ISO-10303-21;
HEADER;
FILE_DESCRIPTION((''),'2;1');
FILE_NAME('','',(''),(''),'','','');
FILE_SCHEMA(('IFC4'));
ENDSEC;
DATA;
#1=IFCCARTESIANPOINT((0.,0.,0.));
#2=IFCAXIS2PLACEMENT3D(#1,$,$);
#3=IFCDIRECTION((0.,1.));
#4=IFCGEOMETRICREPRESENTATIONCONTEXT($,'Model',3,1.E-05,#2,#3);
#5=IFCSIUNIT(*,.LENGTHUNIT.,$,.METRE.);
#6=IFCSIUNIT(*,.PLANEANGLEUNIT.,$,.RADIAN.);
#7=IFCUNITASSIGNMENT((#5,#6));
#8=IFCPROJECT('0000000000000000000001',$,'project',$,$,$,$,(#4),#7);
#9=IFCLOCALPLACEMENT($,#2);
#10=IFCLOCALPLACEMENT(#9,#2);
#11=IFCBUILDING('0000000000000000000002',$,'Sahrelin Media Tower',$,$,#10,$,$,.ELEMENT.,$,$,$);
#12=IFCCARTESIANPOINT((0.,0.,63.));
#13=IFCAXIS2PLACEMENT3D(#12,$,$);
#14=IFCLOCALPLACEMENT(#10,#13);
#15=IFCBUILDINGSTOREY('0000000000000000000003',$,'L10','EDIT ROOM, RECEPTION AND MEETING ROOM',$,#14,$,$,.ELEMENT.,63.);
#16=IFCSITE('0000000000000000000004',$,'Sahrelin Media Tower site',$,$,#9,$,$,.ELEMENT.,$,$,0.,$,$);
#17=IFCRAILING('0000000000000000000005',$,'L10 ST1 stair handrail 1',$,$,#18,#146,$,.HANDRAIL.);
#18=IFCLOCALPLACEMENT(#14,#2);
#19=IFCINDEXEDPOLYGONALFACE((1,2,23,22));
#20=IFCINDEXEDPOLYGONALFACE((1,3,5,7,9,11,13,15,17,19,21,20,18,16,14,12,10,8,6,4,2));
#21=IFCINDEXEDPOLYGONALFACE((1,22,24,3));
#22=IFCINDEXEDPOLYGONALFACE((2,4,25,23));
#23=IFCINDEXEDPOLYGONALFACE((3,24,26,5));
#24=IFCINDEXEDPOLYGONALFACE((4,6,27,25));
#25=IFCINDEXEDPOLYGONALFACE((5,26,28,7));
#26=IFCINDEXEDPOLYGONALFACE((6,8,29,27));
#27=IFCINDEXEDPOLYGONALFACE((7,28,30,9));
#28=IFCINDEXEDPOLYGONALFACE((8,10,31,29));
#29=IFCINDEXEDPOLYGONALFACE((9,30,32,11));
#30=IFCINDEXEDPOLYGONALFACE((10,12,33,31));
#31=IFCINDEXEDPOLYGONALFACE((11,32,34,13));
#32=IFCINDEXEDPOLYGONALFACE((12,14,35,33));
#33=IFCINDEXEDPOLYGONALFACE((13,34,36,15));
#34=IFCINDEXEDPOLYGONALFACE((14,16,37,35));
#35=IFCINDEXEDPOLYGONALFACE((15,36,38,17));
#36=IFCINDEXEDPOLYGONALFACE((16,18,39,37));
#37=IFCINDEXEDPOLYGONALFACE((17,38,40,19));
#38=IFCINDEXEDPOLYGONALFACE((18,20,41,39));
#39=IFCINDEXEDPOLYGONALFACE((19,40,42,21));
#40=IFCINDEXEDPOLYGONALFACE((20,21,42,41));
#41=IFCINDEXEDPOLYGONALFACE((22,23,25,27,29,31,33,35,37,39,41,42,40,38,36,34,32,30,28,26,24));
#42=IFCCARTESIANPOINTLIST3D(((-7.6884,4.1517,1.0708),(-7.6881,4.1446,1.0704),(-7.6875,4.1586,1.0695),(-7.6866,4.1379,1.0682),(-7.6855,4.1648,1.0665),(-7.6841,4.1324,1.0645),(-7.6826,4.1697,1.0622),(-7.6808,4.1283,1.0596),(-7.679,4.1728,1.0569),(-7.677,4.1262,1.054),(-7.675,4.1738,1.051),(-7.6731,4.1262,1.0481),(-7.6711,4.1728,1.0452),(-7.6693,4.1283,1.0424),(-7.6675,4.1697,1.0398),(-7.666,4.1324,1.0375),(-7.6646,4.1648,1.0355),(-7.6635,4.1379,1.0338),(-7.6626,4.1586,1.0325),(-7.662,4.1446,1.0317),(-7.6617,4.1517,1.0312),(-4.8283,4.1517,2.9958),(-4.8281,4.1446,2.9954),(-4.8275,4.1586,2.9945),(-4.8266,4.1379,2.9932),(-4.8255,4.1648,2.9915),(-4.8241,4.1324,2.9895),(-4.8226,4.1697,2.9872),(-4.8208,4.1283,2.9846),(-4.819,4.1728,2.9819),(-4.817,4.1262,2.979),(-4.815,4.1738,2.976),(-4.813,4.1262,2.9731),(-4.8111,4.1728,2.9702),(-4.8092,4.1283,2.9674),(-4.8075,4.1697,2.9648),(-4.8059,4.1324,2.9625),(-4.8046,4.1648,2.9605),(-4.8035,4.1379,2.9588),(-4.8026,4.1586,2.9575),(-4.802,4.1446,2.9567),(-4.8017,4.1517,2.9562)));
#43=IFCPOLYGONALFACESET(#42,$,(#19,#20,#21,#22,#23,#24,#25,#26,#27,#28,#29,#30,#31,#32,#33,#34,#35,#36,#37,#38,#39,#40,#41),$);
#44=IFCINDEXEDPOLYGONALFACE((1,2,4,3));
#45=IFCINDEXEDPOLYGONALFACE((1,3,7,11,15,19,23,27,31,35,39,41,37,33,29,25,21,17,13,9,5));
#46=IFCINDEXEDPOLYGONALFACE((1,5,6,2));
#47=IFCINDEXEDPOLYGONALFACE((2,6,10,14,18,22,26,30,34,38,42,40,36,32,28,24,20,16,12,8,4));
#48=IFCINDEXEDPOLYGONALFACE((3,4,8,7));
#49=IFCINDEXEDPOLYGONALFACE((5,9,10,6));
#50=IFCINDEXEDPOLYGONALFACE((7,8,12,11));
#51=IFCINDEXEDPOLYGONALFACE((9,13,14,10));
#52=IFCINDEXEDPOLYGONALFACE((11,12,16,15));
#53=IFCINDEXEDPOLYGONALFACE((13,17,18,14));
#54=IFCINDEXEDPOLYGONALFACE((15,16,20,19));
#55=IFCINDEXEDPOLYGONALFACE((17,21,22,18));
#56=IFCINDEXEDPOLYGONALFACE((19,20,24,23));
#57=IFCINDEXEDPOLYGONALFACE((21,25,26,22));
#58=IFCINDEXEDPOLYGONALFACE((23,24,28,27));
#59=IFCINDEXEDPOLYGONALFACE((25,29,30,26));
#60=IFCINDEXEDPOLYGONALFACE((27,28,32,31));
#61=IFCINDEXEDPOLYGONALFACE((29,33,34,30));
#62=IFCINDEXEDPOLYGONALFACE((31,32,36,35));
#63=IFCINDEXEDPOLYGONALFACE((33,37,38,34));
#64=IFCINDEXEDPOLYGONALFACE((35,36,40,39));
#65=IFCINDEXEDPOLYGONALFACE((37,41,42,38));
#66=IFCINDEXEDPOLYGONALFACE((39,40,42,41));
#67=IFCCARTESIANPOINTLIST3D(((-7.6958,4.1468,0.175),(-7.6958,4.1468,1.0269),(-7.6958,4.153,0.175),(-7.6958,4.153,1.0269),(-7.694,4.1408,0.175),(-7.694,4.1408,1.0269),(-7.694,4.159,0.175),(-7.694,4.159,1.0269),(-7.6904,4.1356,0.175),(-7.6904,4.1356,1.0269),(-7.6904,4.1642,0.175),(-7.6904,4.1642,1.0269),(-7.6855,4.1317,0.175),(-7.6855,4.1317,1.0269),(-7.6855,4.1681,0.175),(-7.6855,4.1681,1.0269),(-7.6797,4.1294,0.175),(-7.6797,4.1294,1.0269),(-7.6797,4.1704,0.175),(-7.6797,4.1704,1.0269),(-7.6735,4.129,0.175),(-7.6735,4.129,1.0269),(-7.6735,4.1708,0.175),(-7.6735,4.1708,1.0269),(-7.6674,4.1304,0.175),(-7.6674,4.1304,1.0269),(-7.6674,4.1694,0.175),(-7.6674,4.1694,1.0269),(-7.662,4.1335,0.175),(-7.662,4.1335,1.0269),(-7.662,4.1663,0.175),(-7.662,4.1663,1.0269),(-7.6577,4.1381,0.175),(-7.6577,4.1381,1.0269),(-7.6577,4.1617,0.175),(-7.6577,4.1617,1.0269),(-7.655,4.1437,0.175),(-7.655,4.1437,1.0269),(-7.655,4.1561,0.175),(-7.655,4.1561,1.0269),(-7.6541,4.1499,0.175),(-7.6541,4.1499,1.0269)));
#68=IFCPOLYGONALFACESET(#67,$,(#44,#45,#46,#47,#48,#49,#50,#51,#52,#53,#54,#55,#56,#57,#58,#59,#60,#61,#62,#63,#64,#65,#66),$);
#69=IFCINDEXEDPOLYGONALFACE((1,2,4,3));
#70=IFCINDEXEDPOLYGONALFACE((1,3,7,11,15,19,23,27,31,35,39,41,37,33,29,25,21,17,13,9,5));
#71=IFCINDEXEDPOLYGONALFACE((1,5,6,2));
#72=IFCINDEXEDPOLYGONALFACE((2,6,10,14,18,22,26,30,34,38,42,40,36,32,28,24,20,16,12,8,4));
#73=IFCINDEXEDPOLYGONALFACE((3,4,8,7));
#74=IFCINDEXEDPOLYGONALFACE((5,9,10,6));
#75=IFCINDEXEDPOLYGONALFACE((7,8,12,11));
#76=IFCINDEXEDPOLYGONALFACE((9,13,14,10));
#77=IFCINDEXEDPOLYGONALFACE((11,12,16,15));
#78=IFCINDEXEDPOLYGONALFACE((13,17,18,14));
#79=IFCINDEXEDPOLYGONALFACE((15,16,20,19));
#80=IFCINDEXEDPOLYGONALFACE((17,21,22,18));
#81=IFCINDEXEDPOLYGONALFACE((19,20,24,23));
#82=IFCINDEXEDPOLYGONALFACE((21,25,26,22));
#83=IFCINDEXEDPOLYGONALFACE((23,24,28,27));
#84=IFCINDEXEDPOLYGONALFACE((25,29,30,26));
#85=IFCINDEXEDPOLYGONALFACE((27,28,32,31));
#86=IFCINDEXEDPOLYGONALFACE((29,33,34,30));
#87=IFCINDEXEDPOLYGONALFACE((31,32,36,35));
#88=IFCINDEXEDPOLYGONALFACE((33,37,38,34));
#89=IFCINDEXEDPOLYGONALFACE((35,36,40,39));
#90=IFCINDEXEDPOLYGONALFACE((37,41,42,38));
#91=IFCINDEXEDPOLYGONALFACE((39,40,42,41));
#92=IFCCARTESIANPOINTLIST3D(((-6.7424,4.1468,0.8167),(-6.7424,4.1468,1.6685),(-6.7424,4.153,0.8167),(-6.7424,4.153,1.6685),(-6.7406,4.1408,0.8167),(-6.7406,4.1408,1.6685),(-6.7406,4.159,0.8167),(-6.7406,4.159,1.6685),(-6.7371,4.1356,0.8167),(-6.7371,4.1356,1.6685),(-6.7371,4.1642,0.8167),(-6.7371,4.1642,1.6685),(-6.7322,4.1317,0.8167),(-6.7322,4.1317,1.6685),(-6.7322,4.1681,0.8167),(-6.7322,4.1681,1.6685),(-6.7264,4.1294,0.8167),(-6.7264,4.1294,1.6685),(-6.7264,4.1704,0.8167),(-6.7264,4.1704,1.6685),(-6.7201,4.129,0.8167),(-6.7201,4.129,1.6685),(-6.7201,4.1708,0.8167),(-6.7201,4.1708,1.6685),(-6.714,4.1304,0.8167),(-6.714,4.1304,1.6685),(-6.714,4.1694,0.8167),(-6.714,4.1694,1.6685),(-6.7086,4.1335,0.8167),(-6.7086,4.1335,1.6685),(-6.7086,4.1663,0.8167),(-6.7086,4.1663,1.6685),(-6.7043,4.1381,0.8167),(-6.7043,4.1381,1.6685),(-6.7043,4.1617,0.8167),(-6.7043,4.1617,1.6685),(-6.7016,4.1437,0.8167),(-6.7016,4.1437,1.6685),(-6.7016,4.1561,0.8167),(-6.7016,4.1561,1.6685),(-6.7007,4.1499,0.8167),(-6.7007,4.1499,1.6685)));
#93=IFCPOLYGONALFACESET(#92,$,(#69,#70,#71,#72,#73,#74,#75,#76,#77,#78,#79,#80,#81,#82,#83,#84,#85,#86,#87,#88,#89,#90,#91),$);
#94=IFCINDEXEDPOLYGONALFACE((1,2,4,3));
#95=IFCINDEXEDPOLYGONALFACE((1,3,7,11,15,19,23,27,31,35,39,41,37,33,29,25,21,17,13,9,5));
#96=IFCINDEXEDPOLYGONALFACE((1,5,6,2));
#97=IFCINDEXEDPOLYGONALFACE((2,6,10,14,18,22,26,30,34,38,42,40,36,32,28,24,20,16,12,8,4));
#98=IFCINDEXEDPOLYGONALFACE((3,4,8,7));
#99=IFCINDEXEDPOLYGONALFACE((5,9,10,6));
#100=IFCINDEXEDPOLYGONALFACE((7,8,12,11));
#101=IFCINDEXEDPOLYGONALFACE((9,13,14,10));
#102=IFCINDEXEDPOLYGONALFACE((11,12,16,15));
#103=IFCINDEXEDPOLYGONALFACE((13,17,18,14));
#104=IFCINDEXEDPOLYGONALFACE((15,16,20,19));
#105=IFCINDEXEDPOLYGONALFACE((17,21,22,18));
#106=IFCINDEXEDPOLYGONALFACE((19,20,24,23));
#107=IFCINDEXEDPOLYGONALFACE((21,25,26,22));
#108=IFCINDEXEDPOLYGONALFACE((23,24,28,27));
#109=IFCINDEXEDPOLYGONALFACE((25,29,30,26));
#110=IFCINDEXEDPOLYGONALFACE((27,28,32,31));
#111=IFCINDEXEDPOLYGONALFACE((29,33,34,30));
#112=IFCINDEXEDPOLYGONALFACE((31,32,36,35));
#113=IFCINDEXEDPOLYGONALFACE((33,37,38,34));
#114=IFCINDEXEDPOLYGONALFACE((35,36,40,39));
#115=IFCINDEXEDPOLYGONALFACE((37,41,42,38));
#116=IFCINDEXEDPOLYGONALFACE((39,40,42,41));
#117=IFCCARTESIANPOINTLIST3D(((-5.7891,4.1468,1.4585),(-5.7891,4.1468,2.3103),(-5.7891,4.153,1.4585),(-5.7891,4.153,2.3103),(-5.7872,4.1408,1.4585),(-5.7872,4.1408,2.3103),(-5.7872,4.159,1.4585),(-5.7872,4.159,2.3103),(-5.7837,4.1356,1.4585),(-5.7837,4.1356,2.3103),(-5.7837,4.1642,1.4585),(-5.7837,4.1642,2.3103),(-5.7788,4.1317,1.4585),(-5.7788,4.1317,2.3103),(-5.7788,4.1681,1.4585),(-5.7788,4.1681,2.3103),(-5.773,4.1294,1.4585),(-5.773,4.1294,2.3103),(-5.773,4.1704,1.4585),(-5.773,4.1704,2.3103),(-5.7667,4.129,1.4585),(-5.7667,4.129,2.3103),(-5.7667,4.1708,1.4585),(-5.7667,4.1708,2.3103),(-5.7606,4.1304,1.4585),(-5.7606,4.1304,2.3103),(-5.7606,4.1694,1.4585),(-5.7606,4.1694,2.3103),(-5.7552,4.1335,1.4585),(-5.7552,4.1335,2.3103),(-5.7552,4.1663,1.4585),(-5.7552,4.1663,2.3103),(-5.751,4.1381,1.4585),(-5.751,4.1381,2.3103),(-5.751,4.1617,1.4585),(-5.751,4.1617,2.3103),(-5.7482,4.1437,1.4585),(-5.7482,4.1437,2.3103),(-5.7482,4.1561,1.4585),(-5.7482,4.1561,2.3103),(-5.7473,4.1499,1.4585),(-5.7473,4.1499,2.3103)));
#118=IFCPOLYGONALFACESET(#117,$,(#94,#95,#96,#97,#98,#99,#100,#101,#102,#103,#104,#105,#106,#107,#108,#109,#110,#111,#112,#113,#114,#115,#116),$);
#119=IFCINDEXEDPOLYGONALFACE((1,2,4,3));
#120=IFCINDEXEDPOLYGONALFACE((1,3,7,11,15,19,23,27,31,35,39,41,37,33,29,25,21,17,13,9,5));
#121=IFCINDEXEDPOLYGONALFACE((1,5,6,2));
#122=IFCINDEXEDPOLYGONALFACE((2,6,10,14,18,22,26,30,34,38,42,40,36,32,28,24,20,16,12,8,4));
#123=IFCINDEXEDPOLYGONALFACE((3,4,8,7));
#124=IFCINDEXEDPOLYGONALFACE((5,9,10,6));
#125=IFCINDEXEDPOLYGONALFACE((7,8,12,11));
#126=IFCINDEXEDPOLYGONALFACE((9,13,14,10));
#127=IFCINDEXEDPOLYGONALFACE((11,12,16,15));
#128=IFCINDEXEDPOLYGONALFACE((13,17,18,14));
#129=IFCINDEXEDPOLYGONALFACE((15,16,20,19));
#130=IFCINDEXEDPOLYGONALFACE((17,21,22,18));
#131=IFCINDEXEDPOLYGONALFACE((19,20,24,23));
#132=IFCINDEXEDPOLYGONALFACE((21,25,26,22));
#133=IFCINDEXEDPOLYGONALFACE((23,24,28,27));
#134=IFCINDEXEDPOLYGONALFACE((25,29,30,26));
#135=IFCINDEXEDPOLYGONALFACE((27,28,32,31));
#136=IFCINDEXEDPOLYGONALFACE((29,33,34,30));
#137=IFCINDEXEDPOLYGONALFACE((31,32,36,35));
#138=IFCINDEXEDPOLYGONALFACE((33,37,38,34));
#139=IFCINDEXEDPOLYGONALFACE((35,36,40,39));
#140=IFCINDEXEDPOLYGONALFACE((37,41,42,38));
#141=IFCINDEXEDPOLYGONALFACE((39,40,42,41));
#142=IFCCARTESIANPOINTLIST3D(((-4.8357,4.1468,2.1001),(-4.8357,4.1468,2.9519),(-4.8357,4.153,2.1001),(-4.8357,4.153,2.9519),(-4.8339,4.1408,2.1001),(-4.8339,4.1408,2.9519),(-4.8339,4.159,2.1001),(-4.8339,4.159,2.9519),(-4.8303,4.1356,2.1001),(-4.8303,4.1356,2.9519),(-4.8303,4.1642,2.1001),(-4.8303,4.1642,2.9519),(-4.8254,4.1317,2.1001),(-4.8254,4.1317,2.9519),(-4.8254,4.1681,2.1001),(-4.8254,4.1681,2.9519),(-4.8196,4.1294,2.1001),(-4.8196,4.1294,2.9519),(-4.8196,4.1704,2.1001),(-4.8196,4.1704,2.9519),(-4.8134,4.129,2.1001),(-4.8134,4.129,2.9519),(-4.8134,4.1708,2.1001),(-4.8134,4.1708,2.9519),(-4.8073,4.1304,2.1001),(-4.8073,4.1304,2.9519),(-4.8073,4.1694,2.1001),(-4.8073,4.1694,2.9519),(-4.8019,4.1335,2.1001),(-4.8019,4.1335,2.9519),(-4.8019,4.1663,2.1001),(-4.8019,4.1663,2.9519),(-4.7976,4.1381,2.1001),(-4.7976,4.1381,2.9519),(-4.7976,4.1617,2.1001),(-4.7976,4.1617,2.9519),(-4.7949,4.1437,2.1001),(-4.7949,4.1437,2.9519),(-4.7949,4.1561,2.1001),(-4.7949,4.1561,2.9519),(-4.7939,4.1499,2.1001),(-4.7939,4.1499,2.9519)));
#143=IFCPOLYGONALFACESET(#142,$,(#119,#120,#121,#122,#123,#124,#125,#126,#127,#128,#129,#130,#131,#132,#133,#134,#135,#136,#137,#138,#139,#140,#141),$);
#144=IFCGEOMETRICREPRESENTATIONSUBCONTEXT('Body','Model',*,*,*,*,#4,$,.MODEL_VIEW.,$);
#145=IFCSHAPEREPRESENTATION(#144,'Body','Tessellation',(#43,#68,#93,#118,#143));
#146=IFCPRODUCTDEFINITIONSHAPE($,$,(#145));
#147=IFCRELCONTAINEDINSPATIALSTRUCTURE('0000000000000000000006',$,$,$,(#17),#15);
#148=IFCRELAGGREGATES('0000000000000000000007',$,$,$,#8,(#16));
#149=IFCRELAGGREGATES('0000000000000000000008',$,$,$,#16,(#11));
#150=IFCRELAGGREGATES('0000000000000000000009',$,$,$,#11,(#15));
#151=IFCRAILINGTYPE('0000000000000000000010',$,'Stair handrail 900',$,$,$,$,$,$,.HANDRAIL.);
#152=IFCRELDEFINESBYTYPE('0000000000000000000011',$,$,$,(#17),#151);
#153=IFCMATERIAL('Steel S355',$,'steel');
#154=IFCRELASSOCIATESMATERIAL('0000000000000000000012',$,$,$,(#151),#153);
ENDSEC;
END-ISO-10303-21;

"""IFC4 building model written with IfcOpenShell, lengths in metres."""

from ifc_helpers import new_model, si_unit, direction, frame, origin, origin_2d, place, context, subcontext, project, spatial, circle, extrude, material, type_object, element, save


model = new_model("IFC4")

# Units and contexts
model_context = context("Model", 3, precision=1e-05, world=origin(), true_north=direction((0.0, 1.0)))
body_context = subcontext(model_context, "Body", "Model", "MODEL_VIEW")
ifc_project = project(units=[si_unit("LENGTHUNIT", "METRE"), si_unit("PLANEANGLEUNIT", "RADIAN")], contexts=[model_context])

# Site, building, storey
site_placement = place(None, origin())
site = spatial("IfcSite", under=ifc_project, at=site_placement, Name="Sahrelin Media Tower site", CompositionType="ELEMENT", RefElevation=0.0)
building_placement = place(site_placement, origin())
building = spatial("IfcBuilding", under=site, at=building_placement, Name="Sahrelin Media Tower", CompositionType="ELEMENT")
storey_placement = place(building_placement, frame((0.0, 0.0, 63.0)))
storey = spatial("IfcBuildingStorey", under=building, at=storey_placement, Name="L10", Description="EDIT ROOM, RECEPTION AND MEETING ROOM", CompositionType="ELEMENT", Elevation=63.0)

# Shared definitions
ifc_material_1 = material(Name="Steel S355", Category="steel")

# Railing
railing_type_1 = type_object("IfcRailingType", Name="Stair handrail 900", PredefinedType="HANDRAIL", material=ifc_material_1)
railing_1_placement = place(storey_placement, frame((-7.675, 4.1499, 0.175)))
element("IfcRailing", 1, at=railing_1_placement, inside=storey, type_object=railing_type_1, Name="L10 ST1 stair handrail 1", PredefinedType="HANDRAIL", context=body_context, shape_type="SweptSolid", body=[
    extrude(circle(Radius=0.0239, at=origin_2d()), frame((0.0, 0.0, 0.876), z_axis=(0.829591, 0.0, 0.558372), x_axis=(0.0, 1.0, 0.0)), (0.0, 0.0, 1.0), 3.4475),
    extrude(circle(Radius=0.021, at=origin_2d()), origin(), (0.0, 0.0, 1.0), 0.8518),
    extrude(circle(Radius=0.021, at=origin_2d()), frame((0.9534, 0.0, 0.6416)), (0.0, 0.0, 1.0), 0.8518),
    extrude(circle(Radius=0.021, at=origin_2d()), frame((1.9067, 0.0, 1.2834)), (0.0, 0.0, 1.0), 0.8518),
    extrude(circle(Radius=0.021, at=origin_2d()), frame((2.8601, 0.0, 1.925)), (0.0, 0.0, 1.0), 0.8518),
])

save(model, "model.ifc")
